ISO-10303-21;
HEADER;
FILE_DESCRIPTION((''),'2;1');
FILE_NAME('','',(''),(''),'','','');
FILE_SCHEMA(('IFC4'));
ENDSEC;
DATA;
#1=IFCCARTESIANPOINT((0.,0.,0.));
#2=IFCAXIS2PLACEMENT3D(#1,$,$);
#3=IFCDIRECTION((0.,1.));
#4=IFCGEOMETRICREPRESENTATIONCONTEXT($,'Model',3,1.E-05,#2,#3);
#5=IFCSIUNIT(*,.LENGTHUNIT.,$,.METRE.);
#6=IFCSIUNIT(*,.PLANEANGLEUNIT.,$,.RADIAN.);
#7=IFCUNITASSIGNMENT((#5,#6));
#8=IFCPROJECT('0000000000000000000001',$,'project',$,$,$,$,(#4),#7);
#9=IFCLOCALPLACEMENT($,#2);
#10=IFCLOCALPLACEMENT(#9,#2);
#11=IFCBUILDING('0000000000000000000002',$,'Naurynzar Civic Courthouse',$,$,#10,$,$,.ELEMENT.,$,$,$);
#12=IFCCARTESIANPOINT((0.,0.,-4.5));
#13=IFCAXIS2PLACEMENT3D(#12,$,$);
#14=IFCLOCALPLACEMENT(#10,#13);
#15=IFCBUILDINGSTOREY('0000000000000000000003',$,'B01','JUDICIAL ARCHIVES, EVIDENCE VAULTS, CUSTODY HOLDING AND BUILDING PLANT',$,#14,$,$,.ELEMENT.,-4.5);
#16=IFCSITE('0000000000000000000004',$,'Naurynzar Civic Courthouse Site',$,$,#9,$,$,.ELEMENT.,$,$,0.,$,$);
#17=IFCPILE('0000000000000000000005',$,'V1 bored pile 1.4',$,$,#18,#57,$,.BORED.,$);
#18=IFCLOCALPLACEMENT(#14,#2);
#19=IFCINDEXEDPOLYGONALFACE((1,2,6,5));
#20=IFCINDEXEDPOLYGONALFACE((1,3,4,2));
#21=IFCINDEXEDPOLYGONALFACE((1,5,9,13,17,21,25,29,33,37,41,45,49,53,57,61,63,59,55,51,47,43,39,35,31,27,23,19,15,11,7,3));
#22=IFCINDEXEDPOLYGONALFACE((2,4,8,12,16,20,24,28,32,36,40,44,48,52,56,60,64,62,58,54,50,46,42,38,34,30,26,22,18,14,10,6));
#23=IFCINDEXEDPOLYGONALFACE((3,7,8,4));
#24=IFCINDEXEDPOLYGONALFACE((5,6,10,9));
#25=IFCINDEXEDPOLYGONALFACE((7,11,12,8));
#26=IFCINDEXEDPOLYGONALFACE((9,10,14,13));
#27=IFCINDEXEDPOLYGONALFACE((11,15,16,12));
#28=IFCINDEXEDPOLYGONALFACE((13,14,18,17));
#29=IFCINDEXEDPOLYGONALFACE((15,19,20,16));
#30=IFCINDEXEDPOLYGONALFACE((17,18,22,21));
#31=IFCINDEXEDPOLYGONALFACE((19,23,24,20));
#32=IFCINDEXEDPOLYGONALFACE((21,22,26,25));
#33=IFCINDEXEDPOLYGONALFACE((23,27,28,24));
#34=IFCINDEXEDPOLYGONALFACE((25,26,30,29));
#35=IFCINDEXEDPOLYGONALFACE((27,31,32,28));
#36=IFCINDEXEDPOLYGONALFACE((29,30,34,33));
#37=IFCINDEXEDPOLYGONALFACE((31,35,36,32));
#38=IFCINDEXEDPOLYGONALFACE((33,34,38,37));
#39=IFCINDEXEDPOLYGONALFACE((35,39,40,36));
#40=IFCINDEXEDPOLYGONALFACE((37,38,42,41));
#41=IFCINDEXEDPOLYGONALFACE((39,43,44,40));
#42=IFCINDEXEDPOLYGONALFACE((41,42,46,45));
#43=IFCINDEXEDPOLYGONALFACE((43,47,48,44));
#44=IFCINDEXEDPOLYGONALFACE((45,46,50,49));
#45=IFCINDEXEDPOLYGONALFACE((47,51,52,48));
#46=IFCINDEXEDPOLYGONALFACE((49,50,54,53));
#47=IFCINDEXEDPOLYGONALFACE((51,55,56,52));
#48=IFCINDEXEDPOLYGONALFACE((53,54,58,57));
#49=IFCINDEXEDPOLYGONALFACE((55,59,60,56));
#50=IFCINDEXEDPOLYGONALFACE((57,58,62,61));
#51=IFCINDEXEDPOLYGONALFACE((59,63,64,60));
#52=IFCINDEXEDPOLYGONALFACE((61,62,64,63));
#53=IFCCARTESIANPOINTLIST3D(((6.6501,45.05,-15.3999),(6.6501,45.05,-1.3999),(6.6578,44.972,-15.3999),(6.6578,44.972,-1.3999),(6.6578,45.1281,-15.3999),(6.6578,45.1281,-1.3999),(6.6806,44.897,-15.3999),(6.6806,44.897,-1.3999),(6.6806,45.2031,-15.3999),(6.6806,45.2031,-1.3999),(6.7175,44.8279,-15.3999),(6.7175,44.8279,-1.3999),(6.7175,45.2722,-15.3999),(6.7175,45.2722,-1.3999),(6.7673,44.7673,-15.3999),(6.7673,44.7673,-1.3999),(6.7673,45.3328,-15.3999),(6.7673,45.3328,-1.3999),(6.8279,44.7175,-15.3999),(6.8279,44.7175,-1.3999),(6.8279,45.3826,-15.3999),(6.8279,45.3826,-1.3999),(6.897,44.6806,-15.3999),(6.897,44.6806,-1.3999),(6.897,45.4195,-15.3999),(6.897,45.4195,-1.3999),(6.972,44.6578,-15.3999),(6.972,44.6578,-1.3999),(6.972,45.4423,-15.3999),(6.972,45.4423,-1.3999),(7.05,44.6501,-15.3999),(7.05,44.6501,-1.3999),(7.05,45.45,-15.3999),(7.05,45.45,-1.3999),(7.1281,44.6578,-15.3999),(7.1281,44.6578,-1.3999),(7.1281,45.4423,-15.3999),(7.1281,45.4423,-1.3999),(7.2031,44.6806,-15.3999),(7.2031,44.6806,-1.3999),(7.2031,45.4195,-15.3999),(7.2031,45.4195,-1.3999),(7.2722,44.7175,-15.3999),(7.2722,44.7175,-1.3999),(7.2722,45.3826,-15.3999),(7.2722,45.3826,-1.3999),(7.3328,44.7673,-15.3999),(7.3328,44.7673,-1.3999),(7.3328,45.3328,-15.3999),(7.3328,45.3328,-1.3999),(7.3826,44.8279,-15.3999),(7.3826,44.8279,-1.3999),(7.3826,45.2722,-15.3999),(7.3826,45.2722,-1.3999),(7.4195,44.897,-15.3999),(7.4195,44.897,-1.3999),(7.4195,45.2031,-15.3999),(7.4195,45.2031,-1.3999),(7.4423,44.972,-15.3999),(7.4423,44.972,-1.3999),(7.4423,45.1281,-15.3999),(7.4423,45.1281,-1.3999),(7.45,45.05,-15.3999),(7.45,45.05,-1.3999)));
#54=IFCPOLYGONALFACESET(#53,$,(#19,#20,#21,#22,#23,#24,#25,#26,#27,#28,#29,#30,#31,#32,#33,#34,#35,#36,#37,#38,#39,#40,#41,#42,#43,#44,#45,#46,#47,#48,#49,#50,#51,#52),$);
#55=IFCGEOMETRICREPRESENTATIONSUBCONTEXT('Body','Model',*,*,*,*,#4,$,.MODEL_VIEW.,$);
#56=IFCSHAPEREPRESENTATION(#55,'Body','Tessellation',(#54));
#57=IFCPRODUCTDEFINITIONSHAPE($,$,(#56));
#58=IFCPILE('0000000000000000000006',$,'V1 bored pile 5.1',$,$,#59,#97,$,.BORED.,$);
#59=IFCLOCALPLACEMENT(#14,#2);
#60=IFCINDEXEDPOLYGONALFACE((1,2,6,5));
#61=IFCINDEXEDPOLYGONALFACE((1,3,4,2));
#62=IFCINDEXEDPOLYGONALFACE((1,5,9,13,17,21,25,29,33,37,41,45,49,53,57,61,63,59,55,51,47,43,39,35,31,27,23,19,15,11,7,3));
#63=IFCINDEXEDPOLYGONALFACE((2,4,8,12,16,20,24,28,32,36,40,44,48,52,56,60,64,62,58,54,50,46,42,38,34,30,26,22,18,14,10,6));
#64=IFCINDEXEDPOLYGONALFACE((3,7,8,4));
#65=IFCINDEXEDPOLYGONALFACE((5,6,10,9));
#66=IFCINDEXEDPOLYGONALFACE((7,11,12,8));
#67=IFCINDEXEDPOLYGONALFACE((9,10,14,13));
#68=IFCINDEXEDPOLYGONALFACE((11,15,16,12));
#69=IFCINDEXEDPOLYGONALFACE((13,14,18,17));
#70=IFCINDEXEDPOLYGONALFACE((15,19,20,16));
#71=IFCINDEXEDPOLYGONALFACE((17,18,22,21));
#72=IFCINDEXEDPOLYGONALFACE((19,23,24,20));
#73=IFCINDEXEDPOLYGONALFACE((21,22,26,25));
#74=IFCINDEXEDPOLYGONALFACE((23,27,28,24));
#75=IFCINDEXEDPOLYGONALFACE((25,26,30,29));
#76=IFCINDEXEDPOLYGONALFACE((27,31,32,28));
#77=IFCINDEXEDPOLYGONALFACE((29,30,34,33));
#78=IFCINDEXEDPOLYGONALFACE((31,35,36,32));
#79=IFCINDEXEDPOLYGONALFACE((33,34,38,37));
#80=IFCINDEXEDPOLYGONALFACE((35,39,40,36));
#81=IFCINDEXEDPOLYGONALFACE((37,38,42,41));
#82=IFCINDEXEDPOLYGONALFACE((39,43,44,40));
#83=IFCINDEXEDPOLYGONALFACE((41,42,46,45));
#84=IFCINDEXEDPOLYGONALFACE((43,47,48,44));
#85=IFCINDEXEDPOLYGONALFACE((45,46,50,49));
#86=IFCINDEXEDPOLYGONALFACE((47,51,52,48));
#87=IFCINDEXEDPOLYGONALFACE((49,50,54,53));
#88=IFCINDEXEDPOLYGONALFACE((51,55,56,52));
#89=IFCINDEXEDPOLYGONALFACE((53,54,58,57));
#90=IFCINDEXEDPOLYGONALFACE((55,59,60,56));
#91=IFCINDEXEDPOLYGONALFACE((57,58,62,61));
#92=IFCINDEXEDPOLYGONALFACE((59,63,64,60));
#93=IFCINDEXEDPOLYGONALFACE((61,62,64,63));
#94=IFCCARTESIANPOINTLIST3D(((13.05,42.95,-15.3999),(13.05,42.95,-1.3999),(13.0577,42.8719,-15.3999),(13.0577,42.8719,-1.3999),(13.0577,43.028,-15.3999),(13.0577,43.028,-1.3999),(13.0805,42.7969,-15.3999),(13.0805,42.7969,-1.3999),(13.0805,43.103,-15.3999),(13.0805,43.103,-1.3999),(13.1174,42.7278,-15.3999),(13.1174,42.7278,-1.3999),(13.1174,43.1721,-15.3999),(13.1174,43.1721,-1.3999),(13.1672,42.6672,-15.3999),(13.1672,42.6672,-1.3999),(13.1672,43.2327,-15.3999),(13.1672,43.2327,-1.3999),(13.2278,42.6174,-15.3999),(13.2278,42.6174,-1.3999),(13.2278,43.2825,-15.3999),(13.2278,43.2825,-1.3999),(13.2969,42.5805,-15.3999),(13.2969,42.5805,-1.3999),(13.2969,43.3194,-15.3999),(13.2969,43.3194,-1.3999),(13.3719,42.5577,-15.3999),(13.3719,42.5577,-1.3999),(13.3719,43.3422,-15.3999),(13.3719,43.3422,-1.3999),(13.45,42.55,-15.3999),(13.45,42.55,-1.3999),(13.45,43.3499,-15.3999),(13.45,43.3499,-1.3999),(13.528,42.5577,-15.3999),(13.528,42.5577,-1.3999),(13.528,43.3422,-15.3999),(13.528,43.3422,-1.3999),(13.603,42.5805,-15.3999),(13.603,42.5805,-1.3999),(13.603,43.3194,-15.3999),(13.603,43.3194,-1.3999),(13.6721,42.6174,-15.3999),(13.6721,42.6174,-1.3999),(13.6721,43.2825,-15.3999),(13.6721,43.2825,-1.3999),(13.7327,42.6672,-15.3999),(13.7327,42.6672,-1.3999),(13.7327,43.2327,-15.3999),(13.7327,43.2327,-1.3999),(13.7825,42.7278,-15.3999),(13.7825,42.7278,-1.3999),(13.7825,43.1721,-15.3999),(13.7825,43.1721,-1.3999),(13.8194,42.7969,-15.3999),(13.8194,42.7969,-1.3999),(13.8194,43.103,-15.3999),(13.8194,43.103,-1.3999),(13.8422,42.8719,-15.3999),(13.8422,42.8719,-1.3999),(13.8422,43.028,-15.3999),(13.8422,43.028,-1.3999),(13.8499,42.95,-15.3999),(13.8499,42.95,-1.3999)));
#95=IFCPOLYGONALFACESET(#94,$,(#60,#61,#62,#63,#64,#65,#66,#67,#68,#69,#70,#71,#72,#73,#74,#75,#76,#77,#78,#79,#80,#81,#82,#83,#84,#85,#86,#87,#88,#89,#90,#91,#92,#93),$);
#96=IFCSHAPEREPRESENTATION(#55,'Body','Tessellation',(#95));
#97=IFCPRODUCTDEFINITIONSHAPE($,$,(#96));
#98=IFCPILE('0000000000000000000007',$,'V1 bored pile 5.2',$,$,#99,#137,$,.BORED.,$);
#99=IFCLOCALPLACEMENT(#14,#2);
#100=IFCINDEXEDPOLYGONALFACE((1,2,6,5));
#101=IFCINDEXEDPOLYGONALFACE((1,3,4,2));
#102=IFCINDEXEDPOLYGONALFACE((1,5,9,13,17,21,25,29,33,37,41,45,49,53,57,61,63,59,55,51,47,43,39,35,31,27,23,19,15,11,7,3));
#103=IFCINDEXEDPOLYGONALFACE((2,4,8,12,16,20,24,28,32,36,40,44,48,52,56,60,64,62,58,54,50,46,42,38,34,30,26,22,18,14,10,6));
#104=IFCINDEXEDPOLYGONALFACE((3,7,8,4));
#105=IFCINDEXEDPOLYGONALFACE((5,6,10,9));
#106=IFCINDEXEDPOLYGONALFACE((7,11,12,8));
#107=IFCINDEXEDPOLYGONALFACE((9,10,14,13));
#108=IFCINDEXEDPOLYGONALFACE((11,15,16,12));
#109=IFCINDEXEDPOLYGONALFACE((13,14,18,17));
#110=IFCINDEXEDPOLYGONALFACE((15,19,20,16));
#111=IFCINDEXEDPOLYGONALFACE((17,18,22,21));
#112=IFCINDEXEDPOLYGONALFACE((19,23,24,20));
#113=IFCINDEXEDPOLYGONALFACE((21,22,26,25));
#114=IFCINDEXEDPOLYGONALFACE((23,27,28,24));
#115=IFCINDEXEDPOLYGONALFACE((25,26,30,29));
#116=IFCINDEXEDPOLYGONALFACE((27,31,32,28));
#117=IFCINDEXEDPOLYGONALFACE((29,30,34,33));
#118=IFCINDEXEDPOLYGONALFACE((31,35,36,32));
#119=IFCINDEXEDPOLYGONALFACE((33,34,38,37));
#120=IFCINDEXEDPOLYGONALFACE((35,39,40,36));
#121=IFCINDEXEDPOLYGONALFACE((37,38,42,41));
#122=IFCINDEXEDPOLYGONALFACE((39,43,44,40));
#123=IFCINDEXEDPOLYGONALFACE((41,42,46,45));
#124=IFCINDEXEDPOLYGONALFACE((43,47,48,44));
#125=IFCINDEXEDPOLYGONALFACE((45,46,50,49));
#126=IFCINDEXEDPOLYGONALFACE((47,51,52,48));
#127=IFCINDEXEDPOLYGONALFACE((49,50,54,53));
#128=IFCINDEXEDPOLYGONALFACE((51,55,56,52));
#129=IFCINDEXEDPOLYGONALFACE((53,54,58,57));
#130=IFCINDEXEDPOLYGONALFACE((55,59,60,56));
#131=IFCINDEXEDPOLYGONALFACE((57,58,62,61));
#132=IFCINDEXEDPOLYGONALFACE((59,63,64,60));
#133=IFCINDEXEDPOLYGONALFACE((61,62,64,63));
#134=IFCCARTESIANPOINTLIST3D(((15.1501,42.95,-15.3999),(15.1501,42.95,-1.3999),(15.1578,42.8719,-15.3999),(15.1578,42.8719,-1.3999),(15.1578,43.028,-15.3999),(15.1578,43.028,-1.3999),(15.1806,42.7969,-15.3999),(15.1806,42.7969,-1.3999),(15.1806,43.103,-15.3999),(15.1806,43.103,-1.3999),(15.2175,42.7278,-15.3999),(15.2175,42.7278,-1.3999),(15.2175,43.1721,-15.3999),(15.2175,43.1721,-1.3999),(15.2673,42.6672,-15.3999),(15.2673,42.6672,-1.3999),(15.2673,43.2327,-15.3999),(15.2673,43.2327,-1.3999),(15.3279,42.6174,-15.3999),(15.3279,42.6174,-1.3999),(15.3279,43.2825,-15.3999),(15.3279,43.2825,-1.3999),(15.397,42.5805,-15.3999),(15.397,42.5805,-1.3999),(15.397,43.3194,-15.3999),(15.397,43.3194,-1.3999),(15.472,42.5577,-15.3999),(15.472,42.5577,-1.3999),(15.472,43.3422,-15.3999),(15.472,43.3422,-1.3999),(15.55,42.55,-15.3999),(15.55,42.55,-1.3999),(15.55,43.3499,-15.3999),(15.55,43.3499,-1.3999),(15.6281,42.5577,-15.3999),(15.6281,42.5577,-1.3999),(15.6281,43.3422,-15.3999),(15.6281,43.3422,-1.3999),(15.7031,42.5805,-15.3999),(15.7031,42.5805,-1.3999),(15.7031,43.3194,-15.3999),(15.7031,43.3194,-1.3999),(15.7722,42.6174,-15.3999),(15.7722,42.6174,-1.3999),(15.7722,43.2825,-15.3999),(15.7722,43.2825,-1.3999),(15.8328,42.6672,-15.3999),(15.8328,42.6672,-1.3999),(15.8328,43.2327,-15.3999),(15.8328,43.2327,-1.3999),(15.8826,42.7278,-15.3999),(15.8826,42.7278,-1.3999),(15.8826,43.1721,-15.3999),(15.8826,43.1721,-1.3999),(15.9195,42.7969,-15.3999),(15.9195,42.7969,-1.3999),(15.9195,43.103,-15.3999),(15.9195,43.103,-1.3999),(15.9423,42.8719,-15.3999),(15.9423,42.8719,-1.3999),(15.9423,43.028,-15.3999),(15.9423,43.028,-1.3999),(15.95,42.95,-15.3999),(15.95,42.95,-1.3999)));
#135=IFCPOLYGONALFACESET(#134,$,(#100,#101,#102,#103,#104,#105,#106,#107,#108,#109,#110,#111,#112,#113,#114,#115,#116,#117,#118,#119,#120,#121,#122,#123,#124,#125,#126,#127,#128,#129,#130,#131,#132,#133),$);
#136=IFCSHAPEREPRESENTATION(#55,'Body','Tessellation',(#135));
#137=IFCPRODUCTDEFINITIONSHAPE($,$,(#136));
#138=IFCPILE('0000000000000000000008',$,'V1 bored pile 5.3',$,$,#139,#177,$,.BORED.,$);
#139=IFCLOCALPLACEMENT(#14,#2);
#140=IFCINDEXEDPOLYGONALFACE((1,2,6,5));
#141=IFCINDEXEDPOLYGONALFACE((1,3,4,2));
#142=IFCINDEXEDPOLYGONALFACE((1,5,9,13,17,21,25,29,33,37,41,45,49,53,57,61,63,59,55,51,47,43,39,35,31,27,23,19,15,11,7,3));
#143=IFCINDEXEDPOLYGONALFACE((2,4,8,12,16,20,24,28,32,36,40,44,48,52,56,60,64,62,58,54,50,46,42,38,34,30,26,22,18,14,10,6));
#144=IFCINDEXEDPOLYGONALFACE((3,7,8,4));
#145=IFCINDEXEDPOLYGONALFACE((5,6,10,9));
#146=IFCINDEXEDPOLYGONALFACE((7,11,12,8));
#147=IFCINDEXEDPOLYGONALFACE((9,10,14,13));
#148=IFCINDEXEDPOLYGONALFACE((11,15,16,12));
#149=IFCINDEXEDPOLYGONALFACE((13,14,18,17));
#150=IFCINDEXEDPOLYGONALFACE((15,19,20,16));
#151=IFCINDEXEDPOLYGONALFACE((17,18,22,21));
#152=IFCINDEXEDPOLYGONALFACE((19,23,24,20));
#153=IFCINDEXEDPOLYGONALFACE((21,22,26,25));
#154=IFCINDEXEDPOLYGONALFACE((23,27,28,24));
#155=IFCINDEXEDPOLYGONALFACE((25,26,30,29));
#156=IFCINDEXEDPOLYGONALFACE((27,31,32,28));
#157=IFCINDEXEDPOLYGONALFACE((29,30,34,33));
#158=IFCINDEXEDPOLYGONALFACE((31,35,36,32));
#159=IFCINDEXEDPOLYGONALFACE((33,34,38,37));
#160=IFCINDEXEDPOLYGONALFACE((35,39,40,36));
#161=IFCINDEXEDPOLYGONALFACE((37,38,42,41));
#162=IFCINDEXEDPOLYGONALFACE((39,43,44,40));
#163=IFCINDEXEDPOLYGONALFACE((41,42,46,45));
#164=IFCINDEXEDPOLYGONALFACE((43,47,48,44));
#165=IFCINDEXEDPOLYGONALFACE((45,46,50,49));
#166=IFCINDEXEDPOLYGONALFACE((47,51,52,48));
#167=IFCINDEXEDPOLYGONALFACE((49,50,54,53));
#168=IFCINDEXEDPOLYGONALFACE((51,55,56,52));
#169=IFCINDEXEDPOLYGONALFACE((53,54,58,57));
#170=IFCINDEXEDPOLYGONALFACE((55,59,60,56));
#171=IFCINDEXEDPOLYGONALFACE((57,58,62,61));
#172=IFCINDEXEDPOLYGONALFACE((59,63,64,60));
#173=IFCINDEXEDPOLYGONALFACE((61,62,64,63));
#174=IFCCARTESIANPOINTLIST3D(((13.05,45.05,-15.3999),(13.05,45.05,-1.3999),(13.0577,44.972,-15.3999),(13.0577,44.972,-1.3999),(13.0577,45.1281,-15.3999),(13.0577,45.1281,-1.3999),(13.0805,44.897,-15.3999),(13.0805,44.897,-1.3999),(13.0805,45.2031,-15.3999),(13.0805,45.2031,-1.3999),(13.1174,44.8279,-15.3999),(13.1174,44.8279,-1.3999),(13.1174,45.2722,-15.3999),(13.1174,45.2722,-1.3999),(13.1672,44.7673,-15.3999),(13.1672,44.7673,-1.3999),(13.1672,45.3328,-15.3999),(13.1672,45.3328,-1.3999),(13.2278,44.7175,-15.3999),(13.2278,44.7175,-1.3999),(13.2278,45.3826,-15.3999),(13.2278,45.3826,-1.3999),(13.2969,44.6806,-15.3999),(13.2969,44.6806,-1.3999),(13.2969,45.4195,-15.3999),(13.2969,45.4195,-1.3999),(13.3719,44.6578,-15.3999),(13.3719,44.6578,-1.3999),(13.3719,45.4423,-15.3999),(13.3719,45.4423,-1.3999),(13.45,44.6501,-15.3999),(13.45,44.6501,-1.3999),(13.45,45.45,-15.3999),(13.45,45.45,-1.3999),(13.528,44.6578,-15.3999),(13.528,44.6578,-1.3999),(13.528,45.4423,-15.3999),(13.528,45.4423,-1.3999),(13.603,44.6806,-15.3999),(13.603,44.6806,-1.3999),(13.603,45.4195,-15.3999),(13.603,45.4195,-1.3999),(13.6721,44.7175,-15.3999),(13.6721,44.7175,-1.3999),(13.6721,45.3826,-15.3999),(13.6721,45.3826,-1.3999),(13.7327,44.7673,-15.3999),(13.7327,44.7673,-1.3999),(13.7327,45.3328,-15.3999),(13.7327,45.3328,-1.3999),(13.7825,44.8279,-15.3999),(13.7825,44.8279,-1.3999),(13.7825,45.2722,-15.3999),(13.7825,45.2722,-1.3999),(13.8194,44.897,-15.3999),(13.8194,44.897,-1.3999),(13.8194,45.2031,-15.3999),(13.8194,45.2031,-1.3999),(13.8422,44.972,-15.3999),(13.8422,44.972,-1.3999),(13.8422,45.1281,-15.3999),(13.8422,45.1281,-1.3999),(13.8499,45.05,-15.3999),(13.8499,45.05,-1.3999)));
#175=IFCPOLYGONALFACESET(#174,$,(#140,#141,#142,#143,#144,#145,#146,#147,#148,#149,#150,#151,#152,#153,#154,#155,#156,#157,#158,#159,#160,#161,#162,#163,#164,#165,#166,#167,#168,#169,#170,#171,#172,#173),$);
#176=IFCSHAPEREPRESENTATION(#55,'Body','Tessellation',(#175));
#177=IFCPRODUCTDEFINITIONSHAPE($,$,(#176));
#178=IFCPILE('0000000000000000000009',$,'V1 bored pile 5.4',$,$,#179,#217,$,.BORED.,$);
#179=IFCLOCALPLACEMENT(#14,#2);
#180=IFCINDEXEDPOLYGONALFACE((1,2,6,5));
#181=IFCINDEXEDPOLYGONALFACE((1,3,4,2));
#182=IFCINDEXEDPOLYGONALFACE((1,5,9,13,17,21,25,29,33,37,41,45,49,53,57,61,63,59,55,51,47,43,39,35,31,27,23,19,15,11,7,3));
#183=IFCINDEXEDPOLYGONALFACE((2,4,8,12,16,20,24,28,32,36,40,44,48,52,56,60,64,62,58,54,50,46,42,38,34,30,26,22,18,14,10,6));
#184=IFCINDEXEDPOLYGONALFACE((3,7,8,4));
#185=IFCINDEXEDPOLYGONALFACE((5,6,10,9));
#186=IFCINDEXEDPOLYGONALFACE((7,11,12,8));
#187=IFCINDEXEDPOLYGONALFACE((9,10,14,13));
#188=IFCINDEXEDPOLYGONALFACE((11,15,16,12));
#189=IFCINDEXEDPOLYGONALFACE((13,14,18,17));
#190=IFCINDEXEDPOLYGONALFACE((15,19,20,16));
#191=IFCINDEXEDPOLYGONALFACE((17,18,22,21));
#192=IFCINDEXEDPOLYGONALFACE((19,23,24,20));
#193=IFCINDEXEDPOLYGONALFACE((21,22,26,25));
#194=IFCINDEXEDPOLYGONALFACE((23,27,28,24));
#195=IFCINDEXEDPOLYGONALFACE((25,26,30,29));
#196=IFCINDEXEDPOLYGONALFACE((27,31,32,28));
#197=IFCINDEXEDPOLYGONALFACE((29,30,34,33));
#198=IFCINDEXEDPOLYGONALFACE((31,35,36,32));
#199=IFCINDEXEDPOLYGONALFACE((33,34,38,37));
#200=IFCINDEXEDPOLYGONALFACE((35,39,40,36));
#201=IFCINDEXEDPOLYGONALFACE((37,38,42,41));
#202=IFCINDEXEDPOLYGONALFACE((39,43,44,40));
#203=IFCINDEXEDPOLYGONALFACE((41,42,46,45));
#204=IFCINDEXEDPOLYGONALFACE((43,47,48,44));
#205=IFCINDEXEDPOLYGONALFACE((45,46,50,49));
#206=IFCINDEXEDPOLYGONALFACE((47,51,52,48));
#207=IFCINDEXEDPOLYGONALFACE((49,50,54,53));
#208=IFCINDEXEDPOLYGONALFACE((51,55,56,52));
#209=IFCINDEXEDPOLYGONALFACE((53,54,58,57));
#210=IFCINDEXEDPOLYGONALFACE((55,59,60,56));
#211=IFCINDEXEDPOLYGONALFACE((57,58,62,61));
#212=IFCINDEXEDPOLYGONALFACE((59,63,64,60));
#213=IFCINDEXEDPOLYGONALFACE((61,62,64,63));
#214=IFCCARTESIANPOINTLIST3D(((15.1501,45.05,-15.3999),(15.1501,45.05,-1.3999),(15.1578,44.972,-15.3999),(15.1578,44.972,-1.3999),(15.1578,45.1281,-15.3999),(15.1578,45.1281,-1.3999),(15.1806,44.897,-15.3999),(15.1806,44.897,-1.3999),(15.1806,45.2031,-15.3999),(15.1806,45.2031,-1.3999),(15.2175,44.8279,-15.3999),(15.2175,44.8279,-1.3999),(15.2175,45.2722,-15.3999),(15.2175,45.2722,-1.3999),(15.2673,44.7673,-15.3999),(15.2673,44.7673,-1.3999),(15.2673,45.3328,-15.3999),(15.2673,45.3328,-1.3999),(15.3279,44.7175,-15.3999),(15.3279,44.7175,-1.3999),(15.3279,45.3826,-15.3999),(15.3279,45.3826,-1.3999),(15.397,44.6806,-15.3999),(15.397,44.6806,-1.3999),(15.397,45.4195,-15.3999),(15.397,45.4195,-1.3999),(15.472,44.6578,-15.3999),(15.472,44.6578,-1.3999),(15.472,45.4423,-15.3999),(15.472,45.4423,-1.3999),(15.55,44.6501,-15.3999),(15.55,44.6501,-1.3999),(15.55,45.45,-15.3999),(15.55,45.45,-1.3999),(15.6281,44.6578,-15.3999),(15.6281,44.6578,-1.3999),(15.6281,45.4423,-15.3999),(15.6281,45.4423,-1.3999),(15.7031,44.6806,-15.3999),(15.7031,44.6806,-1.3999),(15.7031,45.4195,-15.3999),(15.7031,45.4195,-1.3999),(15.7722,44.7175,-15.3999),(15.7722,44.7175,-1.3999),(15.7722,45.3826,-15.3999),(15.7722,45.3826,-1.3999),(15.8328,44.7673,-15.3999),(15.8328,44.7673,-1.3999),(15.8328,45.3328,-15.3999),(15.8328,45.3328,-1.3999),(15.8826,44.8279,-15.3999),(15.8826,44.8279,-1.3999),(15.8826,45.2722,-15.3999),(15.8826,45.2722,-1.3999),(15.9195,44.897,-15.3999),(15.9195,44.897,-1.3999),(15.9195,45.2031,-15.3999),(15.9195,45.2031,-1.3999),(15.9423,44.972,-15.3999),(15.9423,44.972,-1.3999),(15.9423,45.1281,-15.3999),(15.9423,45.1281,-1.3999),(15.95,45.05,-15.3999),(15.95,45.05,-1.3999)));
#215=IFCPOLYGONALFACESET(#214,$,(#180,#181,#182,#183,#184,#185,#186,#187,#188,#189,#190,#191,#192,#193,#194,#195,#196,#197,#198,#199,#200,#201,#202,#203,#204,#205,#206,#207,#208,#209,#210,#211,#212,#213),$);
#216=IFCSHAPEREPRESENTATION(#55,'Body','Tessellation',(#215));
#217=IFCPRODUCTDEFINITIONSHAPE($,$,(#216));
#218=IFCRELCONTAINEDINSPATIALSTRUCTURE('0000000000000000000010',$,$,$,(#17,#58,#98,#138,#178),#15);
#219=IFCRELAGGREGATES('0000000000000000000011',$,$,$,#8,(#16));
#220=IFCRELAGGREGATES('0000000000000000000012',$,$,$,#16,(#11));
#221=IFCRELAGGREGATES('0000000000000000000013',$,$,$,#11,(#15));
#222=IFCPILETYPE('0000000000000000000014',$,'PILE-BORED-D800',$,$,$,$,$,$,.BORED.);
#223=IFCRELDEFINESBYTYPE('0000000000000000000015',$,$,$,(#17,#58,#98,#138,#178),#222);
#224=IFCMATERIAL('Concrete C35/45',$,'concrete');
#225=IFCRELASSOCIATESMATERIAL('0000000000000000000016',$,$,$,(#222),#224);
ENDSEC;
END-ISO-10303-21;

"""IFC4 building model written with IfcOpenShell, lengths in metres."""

from ifc_helpers import new_model, si_unit, direction, frame, origin, origin_2d, place, context, subcontext, project, spatial, circle, extrude, material, material_profile, profile_set, type_object, element, save


model = new_model("IFC4")

# Units and contexts
model_context = context("Model", 3, precision=1e-05, world=origin(), true_north=direction((0.0, 1.0)))
body_context = subcontext(model_context, "Body", "Model", "MODEL_VIEW")
ifc_project = project(units=[si_unit("LENGTHUNIT", "METRE"), si_unit("PLANEANGLEUNIT", "RADIAN")], contexts=[model_context])

# Site, building, storey
site_placement = place(None, origin())
site = spatial("IfcSite", under=ifc_project, at=site_placement, Name="Naurynzar Civic Courthouse Site", CompositionType="ELEMENT", RefElevation=0.0)
building_placement = place(site_placement, origin())
building = spatial("IfcBuilding", under=site, at=building_placement, Name="Naurynzar Civic Courthouse", CompositionType="ELEMENT")
storey_placement = place(building_placement, frame((0.0, 0.0, -4.5)))
storey = spatial("IfcBuildingStorey", under=building, at=storey_placement, Name="B01", Description="JUDICIAL ARCHIVES, EVIDENCE VAULTS, CUSTODY HOLDING AND BUILDING PLANT", CompositionType="ELEMENT", Elevation=-4.5)

# Piles
ifc_material_1 = material(Name="Concrete C35/45", Category="concrete")
ifc_material_profile_1 = material_profile(ifc_material_1, circle(Radius=0.3999, at=origin_2d()), Name="PILE D800")
ifc_profile_set_1 = profile_set([ifc_material_profile_1], Name="Concrete C35/45")
pile_type = type_object("IfcPileType", Name="PILE-BORED-D800", PredefinedType="BORED", material=ifc_profile_set_1)
for number, where, z_axis, x_axis, name in (
    (1, (7.05, 45.05, -1.3999), (0.0, 0.0, -1.0), (1.0, 0.0, 0.0), "V1 bored pile 1.4"),
    (2, (13.45, 42.95, -1.3999), (0.0, 0.0, -1.0), (1.0, 0.0, 0.0), "V1 bored pile 5.1"),
    (3, (15.55, 42.95, -1.3999), (0.0, 0.0, -1.0), (1.0, 0.0, 0.0), "V1 bored pile 5.2"),
    (4, (13.45, 45.05, -1.3999), (0.0, 0.0, -1.0), (1.0, 0.0, 0.0), "V1 bored pile 5.3"),
    (5, (15.55, 45.05, -1.3999), (0.0, 0.0, -1.0), (1.0, 0.0, 0.0), "V1 bored pile 5.4"),
):
    element("IfcPile", number, at=place(storey_placement, frame(where, z_axis=z_axis, x_axis=x_axis)), inside=storey, type_object=pile_type, Name=name, PredefinedType="BORED", context=body_context, shape_type="SweptSolid", body=[
        extrude(circle(Radius=0.3999, at=origin_2d()), origin(), (0.0, 0.0, 1.0), 14.0),
    ])

save(model, "model.ifc")
